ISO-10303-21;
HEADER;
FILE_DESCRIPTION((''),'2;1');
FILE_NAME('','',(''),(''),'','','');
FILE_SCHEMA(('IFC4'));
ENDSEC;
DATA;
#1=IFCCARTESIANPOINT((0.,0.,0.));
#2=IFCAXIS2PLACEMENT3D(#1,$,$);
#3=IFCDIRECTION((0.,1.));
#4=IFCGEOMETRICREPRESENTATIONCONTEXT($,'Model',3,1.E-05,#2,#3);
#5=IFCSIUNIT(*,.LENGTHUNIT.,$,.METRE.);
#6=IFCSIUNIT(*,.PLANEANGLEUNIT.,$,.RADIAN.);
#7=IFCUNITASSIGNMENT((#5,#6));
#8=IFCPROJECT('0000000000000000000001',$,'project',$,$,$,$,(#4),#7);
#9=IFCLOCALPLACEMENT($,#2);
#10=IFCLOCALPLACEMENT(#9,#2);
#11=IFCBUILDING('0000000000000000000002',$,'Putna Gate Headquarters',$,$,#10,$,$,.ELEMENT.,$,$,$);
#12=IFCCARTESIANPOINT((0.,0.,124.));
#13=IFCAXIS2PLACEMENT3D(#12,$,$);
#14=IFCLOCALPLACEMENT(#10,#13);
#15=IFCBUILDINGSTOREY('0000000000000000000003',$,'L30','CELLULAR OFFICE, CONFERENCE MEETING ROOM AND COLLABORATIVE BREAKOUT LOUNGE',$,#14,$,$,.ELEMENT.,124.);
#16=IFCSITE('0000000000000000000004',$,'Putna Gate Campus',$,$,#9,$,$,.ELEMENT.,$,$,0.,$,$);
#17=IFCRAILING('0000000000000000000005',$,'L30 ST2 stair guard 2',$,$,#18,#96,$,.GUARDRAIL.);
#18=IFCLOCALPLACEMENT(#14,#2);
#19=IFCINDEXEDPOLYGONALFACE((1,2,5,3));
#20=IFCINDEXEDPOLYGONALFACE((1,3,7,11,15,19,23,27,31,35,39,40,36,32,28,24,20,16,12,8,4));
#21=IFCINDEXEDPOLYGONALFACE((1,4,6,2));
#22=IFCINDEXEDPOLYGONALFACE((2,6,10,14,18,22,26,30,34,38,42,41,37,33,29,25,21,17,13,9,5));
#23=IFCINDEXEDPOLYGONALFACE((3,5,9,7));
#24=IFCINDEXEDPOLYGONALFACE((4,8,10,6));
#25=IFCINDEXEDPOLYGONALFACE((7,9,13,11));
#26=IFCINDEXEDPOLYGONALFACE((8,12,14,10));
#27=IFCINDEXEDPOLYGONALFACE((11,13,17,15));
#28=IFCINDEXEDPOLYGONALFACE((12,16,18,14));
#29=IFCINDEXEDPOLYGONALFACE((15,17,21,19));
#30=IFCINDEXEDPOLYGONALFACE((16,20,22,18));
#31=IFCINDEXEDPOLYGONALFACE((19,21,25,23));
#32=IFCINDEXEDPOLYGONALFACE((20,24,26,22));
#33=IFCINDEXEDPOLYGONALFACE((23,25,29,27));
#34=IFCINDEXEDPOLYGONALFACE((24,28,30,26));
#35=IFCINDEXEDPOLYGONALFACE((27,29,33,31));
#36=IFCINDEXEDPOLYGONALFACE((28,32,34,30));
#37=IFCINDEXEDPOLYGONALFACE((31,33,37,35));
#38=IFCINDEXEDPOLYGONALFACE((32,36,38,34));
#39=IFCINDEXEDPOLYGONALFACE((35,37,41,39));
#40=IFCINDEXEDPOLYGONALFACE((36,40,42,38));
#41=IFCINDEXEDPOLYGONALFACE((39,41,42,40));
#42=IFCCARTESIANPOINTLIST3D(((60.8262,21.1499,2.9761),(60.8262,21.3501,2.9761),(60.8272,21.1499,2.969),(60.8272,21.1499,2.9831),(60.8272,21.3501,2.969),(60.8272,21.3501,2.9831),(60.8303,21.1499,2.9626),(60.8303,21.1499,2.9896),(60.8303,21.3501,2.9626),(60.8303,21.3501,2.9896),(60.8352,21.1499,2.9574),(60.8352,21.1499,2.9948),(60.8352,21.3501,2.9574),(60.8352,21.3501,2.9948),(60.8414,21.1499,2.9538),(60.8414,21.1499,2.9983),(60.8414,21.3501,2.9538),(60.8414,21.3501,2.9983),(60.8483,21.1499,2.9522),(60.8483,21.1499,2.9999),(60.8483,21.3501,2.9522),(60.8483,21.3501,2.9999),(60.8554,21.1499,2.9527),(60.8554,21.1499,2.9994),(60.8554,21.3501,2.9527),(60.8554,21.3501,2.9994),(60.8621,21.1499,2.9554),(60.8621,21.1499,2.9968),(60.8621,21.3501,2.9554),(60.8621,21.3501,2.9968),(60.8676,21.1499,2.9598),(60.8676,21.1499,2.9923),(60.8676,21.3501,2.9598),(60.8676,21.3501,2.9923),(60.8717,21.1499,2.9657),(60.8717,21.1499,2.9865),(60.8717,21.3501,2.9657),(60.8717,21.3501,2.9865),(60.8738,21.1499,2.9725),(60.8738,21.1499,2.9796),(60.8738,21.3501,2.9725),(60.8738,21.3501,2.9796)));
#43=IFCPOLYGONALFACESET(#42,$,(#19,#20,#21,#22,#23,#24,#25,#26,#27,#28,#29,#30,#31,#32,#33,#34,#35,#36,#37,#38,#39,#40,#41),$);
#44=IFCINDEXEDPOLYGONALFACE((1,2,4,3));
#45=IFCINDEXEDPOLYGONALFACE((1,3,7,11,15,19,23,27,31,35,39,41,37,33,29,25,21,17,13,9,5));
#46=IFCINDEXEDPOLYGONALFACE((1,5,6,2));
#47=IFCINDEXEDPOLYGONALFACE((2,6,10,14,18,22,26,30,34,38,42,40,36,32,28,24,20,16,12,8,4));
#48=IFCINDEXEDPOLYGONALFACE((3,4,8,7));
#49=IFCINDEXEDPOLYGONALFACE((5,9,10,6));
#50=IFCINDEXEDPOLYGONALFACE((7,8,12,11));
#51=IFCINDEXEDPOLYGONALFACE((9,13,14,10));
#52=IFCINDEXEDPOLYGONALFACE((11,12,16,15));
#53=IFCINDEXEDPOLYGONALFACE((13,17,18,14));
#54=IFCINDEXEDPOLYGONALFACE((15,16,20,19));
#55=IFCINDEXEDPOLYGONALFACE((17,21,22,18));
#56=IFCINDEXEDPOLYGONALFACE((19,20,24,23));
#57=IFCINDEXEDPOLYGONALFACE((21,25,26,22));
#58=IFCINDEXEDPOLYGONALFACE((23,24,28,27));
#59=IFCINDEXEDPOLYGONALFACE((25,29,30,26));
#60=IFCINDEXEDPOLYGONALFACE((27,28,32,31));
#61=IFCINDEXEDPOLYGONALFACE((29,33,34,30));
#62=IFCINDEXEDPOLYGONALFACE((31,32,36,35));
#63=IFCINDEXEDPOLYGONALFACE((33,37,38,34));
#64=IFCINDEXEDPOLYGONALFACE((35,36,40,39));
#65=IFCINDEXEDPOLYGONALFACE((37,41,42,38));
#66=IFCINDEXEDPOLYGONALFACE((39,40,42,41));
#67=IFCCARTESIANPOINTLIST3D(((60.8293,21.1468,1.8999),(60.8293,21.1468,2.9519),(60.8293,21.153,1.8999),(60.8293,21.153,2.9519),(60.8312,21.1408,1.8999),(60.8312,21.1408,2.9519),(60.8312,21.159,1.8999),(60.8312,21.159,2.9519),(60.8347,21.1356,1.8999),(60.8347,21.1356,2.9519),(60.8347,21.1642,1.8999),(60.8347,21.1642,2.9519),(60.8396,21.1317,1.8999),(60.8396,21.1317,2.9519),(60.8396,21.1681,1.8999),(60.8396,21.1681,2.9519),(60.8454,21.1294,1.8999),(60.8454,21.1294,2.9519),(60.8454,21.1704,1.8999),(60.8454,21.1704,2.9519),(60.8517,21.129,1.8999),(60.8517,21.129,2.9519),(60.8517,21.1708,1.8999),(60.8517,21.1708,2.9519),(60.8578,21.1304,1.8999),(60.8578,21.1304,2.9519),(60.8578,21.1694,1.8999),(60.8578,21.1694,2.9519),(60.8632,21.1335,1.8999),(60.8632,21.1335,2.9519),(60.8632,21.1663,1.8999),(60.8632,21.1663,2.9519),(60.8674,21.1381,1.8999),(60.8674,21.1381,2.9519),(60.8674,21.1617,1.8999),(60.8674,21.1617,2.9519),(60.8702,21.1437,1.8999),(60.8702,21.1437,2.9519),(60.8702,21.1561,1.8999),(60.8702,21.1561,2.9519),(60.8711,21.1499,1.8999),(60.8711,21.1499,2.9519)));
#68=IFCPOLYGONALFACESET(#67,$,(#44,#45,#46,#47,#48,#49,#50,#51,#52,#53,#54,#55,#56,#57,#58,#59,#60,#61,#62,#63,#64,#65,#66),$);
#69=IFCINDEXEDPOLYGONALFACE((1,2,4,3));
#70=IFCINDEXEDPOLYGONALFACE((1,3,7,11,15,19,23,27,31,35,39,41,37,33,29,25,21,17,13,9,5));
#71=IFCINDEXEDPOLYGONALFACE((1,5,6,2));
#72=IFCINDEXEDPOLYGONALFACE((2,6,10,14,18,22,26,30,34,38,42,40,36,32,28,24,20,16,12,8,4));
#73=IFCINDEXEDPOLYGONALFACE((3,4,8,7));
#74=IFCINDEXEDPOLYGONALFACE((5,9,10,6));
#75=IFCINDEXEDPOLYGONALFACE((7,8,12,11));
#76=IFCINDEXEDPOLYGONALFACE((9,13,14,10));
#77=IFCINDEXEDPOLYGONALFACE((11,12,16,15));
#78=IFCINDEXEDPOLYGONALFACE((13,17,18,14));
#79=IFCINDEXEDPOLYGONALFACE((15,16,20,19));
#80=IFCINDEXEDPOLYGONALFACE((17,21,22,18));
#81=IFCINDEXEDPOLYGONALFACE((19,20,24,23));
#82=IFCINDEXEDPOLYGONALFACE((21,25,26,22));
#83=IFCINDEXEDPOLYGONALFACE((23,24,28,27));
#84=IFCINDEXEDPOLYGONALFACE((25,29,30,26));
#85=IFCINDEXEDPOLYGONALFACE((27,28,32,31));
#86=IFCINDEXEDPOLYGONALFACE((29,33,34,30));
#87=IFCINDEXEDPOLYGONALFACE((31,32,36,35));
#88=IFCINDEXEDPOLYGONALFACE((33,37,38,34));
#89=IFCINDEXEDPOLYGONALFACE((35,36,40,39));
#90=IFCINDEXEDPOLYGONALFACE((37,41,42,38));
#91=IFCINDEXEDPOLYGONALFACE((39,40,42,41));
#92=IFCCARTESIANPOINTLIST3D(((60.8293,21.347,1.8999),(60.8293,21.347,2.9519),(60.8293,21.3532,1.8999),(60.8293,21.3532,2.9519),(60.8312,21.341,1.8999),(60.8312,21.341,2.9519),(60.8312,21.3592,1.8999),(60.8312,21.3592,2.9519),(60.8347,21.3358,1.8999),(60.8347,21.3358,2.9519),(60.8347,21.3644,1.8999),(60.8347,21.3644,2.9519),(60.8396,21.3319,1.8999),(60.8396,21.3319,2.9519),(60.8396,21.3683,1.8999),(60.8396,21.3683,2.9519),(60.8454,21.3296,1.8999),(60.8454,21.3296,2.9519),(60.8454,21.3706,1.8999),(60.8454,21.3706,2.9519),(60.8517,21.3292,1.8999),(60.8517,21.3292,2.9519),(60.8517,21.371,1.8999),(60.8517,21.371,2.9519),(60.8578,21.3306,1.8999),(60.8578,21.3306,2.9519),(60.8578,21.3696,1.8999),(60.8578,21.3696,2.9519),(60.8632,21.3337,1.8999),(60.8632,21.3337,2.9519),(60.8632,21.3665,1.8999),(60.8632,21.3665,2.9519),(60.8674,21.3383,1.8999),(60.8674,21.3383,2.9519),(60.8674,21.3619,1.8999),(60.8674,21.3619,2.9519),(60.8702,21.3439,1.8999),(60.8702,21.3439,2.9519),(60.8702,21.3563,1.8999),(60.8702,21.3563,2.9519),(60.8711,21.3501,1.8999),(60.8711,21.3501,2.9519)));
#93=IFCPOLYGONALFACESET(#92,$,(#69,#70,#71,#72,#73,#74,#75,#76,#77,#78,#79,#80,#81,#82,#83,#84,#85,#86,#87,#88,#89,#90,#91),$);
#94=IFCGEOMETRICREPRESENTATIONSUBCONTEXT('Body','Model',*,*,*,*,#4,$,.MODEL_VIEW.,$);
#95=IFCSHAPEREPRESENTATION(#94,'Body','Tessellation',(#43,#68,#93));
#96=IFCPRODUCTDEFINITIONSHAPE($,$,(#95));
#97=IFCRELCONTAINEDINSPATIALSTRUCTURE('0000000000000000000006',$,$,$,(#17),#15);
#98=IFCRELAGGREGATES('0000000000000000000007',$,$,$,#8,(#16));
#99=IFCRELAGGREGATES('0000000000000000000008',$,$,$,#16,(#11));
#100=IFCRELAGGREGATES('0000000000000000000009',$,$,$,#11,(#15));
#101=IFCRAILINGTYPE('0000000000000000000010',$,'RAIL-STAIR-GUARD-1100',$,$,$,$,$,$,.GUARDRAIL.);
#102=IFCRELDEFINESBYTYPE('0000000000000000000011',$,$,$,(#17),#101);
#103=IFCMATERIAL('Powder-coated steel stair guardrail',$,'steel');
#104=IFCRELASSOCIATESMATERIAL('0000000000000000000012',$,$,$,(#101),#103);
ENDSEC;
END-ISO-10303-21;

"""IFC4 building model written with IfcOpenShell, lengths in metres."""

from ifc_helpers import new_model, si_unit, direction, frame, origin, origin_2d, place, context, subcontext, project, spatial, circle, extrude, material, type_object, element, save


model = new_model("IFC4")

# Units and contexts
model_context = context("Model", 3, precision=1e-05, world=origin(), true_north=direction((0.0, 1.0)))
body_context = subcontext(model_context, "Body", "Model", "MODEL_VIEW")
ifc_project = project(units=[si_unit("LENGTHUNIT", "METRE"), si_unit("PLANEANGLEUNIT", "RADIAN")], contexts=[model_context])

# Site, building, storey
site_placement = place(None, origin())
site = spatial("IfcSite", under=ifc_project, at=site_placement, Name="Putna Gate Campus", CompositionType="ELEMENT", RefElevation=0.0)
building_placement = place(site_placement, origin())
building = spatial("IfcBuilding", under=site, at=building_placement, Name="Putna Gate Headquarters", CompositionType="ELEMENT")
storey_placement = place(building_placement, frame((0.0, 0.0, 124.0)))
storey = spatial("IfcBuildingStorey", under=building, at=storey_placement, Name="L30", Description="CELLULAR OFFICE, CONFERENCE MEETING ROOM AND COLLABORATIVE BREAKOUT LOUNGE", CompositionType="ELEMENT", Elevation=124.0)

# Railing
ifc_material_1 = material(Name="Powder-coated steel stair guardrail", Category="steel")
railing_type_1 = type_object("IfcRailingType", Name="RAIL-STAIR-GUARD-1100", PredefinedType="GUARDRAIL", material=ifc_material_1)
railing_1_placement = place(storey_placement, frame((60.8501, 21.1499, 1.8999)))
element("IfcRailing", 1, at=railing_1_placement, inside=storey, type_object=railing_type_1, Name="L30 ST2 stair guard 2", PredefinedType="GUARDRAIL", context=body_context, shape_type="SweptSolid", body=[
    extrude(circle(Radius=0.0239, at=origin_2d()), frame((0.0, 0.0, 1.0762), z_axis=(0.0, 1.0, 0.0), x_axis=(-1.0, 0.0, 0.0)), (0.0, 0.0, 1.0), 0.2002),
    extrude(circle(Radius=0.021, at=origin_2d()), origin(), (0.0, 0.0, 1.0), 1.052),
    extrude(circle(Radius=0.021, at=origin_2d()), frame((0.0, 0.2002, 0.0)), (0.0, 0.0, 1.0), 1.052),
])

save(model, "model.ifc")
